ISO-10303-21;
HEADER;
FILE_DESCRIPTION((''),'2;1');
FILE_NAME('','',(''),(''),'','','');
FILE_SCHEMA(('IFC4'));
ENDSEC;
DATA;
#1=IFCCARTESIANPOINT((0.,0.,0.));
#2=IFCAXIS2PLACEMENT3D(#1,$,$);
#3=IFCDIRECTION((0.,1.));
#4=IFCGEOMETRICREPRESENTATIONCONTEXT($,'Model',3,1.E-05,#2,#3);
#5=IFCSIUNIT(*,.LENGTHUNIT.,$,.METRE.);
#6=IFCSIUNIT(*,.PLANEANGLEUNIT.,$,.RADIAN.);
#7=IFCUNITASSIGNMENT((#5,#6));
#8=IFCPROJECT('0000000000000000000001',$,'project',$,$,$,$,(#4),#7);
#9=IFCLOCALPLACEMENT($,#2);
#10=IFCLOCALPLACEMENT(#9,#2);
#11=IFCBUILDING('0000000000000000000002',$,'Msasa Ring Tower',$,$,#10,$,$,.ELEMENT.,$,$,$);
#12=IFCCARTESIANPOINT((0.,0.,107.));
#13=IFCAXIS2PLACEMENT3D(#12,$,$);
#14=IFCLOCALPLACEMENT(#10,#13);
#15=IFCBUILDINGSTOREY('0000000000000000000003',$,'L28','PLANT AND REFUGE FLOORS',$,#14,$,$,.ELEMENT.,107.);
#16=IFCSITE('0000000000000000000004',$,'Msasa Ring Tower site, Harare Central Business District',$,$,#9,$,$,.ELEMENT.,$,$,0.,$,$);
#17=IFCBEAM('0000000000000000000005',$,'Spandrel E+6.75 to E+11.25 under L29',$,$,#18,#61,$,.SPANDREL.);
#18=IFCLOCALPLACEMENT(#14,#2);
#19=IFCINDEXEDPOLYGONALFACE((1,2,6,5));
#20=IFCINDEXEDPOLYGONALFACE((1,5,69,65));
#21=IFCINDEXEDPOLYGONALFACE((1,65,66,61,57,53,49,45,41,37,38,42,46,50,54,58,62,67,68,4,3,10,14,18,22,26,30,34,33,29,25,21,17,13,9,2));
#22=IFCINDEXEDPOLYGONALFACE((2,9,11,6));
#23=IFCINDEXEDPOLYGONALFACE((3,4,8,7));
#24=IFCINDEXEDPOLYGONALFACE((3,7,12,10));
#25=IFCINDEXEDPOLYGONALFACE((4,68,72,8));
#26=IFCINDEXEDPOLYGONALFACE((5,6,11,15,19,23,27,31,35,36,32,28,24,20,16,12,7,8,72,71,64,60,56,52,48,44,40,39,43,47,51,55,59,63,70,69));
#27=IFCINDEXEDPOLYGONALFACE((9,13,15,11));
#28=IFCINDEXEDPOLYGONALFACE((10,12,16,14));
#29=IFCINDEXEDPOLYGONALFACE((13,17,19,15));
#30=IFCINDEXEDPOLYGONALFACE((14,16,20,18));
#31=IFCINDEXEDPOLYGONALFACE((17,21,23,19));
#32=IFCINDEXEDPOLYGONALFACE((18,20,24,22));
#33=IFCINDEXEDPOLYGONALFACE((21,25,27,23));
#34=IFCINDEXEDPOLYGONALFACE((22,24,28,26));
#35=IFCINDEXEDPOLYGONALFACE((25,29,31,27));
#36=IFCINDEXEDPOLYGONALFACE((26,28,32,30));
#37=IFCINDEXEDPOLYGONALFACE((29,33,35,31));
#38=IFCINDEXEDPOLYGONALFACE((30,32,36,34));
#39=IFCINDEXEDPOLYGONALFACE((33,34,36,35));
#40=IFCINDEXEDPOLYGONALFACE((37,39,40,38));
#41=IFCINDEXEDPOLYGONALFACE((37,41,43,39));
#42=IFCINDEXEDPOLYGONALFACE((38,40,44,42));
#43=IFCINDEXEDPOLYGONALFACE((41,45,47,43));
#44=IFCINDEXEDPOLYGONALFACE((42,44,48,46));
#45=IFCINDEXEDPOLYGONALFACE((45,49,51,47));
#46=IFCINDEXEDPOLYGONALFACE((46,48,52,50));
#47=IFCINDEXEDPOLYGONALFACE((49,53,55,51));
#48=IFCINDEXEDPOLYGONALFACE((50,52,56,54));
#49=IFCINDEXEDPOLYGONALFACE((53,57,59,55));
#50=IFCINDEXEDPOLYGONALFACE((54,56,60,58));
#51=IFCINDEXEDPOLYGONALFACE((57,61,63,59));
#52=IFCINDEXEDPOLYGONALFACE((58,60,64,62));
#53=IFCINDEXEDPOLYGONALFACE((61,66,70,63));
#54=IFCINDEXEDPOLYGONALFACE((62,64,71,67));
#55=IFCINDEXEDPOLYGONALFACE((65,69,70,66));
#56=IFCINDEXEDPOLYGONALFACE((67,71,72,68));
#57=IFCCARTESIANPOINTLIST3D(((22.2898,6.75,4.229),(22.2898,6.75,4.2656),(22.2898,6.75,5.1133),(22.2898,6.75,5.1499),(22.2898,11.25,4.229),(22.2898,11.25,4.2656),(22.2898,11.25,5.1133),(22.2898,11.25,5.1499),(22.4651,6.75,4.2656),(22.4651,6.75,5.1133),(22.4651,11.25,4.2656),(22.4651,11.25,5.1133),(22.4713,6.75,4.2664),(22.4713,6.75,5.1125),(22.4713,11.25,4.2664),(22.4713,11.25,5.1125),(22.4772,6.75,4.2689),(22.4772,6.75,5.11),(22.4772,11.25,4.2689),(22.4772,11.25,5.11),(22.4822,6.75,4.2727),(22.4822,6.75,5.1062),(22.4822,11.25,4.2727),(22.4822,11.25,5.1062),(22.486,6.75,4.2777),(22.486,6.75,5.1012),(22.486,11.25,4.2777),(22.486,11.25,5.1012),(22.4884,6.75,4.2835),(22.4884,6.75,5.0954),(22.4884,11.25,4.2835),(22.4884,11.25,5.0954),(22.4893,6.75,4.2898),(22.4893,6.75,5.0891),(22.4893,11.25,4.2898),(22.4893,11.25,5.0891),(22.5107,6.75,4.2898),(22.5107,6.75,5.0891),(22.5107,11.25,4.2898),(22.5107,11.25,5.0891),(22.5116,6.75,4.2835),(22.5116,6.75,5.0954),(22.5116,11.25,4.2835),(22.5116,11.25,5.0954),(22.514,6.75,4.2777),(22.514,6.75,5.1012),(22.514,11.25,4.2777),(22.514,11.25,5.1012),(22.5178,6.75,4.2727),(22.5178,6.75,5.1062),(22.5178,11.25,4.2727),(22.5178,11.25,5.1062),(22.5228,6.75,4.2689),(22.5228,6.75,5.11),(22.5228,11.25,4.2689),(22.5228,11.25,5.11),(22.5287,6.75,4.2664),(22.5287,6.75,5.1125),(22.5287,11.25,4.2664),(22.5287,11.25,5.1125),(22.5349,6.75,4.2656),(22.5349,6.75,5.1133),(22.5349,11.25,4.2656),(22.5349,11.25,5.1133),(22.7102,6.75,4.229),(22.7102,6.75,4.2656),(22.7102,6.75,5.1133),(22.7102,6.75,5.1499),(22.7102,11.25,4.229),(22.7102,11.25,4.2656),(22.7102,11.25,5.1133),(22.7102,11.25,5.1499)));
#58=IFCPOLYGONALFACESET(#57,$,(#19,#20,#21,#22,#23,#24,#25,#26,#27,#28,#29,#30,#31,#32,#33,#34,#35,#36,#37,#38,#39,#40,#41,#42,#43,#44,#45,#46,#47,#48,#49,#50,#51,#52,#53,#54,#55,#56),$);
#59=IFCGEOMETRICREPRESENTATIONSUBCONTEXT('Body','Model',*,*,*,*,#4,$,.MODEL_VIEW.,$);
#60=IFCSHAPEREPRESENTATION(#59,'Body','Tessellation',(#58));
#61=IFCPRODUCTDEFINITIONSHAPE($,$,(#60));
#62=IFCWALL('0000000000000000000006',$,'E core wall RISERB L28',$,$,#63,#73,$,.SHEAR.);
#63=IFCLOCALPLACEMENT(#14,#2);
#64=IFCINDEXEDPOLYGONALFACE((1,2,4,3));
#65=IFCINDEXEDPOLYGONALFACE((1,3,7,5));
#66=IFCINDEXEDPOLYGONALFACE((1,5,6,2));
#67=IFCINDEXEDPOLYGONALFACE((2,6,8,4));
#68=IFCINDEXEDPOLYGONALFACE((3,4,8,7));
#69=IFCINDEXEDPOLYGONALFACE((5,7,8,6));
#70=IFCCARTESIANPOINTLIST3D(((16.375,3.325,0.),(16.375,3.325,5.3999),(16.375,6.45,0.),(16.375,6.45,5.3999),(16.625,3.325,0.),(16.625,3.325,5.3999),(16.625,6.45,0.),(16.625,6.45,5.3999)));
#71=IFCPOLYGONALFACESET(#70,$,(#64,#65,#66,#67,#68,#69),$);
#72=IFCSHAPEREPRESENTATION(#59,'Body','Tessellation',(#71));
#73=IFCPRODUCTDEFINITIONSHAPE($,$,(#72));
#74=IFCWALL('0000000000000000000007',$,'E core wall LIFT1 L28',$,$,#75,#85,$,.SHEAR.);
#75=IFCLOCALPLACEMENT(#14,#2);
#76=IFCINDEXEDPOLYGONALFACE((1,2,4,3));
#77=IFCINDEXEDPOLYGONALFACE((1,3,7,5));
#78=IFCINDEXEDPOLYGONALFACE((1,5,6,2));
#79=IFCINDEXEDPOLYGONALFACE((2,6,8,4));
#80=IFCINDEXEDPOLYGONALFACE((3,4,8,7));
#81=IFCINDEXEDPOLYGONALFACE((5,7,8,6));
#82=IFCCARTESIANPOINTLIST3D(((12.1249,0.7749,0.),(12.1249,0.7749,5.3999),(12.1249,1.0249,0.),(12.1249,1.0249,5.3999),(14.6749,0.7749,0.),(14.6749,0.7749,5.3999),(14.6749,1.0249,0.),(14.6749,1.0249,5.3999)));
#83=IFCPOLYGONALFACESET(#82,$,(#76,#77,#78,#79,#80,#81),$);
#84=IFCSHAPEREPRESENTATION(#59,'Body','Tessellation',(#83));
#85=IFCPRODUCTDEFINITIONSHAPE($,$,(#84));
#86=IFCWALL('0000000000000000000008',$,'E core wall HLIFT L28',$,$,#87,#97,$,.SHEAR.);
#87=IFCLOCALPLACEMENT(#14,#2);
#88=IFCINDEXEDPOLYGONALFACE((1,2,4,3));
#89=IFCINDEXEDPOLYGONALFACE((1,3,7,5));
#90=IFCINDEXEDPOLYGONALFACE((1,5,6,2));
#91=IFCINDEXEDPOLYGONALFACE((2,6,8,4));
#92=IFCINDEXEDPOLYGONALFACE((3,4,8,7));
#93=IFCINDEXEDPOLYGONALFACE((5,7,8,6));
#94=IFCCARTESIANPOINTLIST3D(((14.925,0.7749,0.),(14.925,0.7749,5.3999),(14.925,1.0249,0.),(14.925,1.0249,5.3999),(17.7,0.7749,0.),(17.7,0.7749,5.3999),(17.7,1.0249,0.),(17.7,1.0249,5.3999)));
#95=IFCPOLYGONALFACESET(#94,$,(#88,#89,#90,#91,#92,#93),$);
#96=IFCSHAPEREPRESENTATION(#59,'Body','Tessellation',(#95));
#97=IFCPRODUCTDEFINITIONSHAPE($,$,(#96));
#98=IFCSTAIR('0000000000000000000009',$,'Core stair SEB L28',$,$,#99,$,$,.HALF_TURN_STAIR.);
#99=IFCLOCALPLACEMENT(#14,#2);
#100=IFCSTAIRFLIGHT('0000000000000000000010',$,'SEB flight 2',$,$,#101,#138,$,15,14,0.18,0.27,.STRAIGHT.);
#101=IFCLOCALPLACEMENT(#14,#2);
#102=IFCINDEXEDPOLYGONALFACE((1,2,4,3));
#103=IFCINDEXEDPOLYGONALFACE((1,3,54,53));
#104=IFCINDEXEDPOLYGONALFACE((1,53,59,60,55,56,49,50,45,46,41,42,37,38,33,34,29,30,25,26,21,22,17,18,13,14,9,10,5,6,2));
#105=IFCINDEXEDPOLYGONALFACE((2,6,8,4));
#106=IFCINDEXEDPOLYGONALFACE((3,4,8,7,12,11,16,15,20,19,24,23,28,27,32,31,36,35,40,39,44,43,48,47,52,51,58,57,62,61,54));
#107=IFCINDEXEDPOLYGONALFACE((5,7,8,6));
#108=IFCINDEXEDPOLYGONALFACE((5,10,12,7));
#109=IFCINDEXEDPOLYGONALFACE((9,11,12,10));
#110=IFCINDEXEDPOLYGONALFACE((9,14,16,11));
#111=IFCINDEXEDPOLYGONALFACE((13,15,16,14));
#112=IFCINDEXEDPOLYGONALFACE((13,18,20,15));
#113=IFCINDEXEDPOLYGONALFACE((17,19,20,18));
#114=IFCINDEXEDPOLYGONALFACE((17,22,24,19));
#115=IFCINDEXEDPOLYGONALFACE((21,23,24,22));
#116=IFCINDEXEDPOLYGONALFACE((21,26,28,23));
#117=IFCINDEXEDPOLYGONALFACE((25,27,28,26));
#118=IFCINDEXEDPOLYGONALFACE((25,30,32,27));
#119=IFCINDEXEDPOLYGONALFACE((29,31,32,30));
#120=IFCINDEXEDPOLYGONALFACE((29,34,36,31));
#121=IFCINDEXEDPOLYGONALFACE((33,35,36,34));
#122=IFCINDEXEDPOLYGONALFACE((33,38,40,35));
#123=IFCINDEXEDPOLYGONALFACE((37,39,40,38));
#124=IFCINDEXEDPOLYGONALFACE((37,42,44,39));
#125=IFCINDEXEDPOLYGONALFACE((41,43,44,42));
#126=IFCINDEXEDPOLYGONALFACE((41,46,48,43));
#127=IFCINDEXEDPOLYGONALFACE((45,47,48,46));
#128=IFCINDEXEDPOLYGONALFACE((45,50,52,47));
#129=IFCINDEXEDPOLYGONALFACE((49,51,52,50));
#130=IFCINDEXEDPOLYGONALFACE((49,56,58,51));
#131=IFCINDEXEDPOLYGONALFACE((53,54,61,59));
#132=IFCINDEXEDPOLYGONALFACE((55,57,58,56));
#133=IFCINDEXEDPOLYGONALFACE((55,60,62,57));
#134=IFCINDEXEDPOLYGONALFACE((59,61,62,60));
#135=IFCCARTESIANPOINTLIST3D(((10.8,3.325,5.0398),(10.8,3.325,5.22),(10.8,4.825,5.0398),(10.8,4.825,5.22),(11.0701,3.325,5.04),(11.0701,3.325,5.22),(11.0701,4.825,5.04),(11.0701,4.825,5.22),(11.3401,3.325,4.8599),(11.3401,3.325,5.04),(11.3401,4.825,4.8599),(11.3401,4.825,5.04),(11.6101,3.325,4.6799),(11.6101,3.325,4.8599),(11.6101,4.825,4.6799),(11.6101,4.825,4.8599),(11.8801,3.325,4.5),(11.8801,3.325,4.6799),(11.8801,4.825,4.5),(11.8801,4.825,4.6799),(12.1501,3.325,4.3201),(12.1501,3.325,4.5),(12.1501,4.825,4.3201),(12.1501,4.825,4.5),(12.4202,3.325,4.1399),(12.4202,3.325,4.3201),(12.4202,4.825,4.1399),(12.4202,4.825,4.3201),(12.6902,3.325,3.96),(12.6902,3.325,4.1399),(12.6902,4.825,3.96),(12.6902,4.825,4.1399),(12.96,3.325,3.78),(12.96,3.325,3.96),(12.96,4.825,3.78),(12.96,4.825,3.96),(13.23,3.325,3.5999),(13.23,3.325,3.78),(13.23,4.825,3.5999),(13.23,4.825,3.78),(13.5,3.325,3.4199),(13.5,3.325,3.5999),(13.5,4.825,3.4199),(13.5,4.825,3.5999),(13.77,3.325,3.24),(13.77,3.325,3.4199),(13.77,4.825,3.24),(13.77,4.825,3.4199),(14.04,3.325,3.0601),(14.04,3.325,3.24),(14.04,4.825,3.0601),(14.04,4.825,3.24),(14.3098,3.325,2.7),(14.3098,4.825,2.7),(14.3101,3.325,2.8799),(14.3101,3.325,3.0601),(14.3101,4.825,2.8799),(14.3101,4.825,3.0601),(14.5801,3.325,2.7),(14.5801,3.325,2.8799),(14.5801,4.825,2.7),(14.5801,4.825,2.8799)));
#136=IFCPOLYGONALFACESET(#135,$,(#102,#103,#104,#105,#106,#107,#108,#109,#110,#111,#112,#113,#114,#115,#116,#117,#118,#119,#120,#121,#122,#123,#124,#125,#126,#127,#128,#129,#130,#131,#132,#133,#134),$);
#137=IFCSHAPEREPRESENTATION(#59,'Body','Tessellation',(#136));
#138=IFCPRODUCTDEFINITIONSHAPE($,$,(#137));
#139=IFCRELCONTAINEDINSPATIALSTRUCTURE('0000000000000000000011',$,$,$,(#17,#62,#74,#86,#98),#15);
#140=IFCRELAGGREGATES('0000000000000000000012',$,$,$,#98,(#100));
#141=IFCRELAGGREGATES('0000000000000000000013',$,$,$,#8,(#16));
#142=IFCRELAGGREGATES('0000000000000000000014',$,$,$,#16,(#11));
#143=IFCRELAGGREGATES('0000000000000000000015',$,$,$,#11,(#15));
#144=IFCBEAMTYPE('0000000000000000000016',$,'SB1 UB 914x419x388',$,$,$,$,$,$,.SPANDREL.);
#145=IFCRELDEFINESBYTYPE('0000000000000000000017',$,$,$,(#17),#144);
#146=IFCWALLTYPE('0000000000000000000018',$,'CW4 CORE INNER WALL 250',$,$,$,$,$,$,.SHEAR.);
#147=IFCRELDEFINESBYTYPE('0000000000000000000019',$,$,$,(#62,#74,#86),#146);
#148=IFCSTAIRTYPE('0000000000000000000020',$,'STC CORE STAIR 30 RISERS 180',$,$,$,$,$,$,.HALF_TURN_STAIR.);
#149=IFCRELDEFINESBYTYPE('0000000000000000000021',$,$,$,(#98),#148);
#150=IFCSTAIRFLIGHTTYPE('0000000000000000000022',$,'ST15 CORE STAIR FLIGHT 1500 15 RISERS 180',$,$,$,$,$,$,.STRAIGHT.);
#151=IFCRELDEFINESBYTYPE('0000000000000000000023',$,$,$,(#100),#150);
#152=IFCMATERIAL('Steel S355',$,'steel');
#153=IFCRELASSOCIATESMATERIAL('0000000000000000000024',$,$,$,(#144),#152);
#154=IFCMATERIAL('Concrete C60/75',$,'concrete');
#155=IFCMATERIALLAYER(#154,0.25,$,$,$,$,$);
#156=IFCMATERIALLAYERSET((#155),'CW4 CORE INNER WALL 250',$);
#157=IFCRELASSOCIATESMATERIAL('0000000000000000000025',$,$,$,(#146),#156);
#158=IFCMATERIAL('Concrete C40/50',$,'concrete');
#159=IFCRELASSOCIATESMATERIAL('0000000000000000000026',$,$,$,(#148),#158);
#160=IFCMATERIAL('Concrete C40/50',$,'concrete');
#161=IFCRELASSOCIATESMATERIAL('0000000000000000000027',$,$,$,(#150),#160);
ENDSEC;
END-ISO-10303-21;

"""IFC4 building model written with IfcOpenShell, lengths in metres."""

from ifc_helpers import new_model, si_unit, direction, frame, frame_2d, origin, origin_2d, place, context, subcontext, project, spatial, polyline, rectangle, i_section, outline, extrude, material, layer, layer_set, material_profile, profile_set, type_object, element, aggregate, save


model = new_model("IFC4")

# Units and contexts
model_context = context("Model", 3, precision=1e-05, world=origin(), true_north=direction((0.0, 1.0)))
body_context = subcontext(model_context, "Body", "Model", "MODEL_VIEW")
ifc_project = project(units=[si_unit("LENGTHUNIT", "METRE"), si_unit("PLANEANGLEUNIT", "RADIAN")], contexts=[model_context])

# Site, building, storey
site_placement = place(None, origin())
site = spatial("IfcSite", under=ifc_project, at=site_placement, Name="Msasa Ring Tower site, Harare Central Business District", CompositionType="ELEMENT", RefElevation=0.0)
building_placement = place(site_placement, origin())
building = spatial("IfcBuilding", under=site, at=building_placement, Name="Msasa Ring Tower", CompositionType="ELEMENT")
storey_placement = place(building_placement, frame((0.0, 0.0, 107.0)))
storey = spatial("IfcBuildingStorey", under=building, at=storey_placement, Name="L28", Description="PLANT AND REFUGE FLOORS", CompositionType="ELEMENT", Elevation=107.0)

# Beam
ifc_material_1 = material(Name="Steel S355", Category="steel")
ifc_material_profile_1 = material_profile(ifc_material_1, i_section(OverallWidth=0.4204, OverallDepth=0.9209, WebThickness=0.0215, FlangeThickness=0.0366, FilletRadius=0.0242, at=origin_2d()), Name="UB 914x419x388")
ifc_profile_set_1 = profile_set([ifc_material_profile_1], Name="Steel S355")
beam_type_1 = type_object("IfcBeamType", Name="SB1 UB 914x419x388", PredefinedType="SPANDREL", material=ifc_profile_set_1)
for number, where, z_axis, x_axis, name in (
    (1, (22.5, 6.75, 4.6895), (0.0, 1.0, 0.0), (-1.0, 0.0, 0.0), "Spandrel E+6.75 to E+11.25 under L29"),
):
    element("IfcBeam", number, at=place(storey_placement, frame(where, z_axis=z_axis, x_axis=x_axis)), inside=storey, type_object=beam_type_1, Name=name, PredefinedType="SPANDREL", context=body_context, shape_type="SweptSolid", body=[
        extrude(i_section(OverallWidth=0.4204, OverallDepth=0.9209, WebThickness=0.0215, FlangeThickness=0.0366, FilletRadius=0.0242, at=origin_2d()), origin(), (0.0, 0.0, 1.0), 4.5),
    ])

# Walls
ifc_material_2 = material(Name="Concrete C60/75", Category="concrete")
ifc_layer = layer(ifc_material_2, 0.25)
ifc_layer_set = layer_set([ifc_layer], Name="CW4 CORE INNER WALL 250")
wall_type = type_object("IfcWallType", Name="CW4 CORE INNER WALL 250", PredefinedType="SHEAR", material=ifc_layer_set)
wall_1_placement = place(storey_placement, frame((16.5, 3.325, 0.0), z_axis=(0.0, 0.0, 1.0), x_axis=(0.0, 1.0, 0.0)))
element("IfcWall", 2, at=wall_1_placement, inside=storey, type_object=wall_type, Name="E core wall RISERB L28", PredefinedType="SHEAR", context=body_context, shape_type="SweptSolid", body=[
    extrude(rectangle(XDim=3.125, YDim=0.25, at=frame_2d((1.5625, 0.0))), origin(), (0.0, 0.0, 1.0), 5.3999),
])
wall_2_placement = place(storey_placement, frame((12.125, 0.8999, 0.0), z_axis=(0.0, 0.0, 1.0), x_axis=(1.0, 0.0, 0.0)))
element("IfcWall", 3, at=wall_2_placement, inside=storey, type_object=wall_type, Name="E core wall LIFT1 L28", PredefinedType="SHEAR", context=body_context, shape_type="SweptSolid", body=[
    extrude(rectangle(XDim=2.55, YDim=0.25, at=frame_2d((1.2749, 0.0))), origin(), (0.0, 0.0, 1.0), 5.3999),
])
wall_3_placement = place(storey_placement, frame((14.925, 0.8999, 0.0), z_axis=(0.0, 0.0, 1.0), x_axis=(1.0, 0.0, 0.0)))
element("IfcWall", 4, at=wall_3_placement, inside=storey, type_object=wall_type, Name="E core wall HLIFT L28", PredefinedType="SHEAR", context=body_context, shape_type="SweptSolid", body=[
    extrude(rectangle(XDim=2.7749, YDim=0.25, at=frame_2d((1.3875, 0.0))), origin(), (0.0, 0.0, 1.0), 5.3999),
])

# Stair, stair flight
ifc_material_3 = material(Name="Concrete C40/50", Category="concrete")
stair_type = type_object("IfcStairType", Name="STC CORE STAIR 30 RISERS 180", PredefinedType="HALF_TURN_STAIR", material=ifc_material_3)
stair_placement = place(storey_placement, origin())
stair = element("IfcStair", 5, at=stair_placement, inside=storey, type_object=stair_type, Name="Core stair SEB L28", PredefinedType="HALF_TURN_STAIR")
ifc_material_4 = material(Name="Concrete C40/50", Category="concrete")
stair_flight_type = type_object("IfcStairFlightType", Name="ST15 CORE STAIR FLIGHT 1500 15 RISERS 180", PredefinedType="STRAIGHT", material=ifc_material_4)
stair_flight_placement = place(storey_placement, frame((14.5801, 4.075, 2.7), z_axis=(0.0, 0.0, 1.0), x_axis=(-1.0, 0.0, 0.0)))
stair_flight = element("IfcStairFlight", 6, at=stair_flight_placement, type_object=stair_flight_type, Name="SEB flight 2", NumberOfRisers=15, NumberOfTreads=14, PredefinedType="STRAIGHT", RiserHeight=0.18, TreadLength=0.27, context=body_context, shape_type="SweptSolid", body=[
    extrude(outline(polyline([(0.0, 0.0), (0.0, 0.1799), (0.27, 0.1799), (0.27, 0.3601), (0.54, 0.3601), (0.54, 0.54), (0.8101, 0.54), (0.8101, 0.72), (1.0801, 0.72), (1.0801, 0.8999), (1.3501, 0.8999), (1.3501, 1.0801), (1.6201, 1.0801), (1.6201, 1.26), (1.8899, 1.26), (1.8899, 1.4399), (2.1599, 1.4399), (2.1599, 1.6201), (2.4299, 1.6201), (2.4299, 1.8), (2.7, 1.8), (2.7, 1.98), (2.97, 1.98), (2.97, 2.1599), (3.24, 2.1599), (3.24, 2.3401), (3.51, 2.3401), (3.51, 2.52), (3.78, 2.52), (3.78, 2.7), (3.78, 2.3398), (0.2703, 0.0), (0.0, 0.0)])), frame((0.0, 0.75, 0.0), z_axis=(0.0, -1.0, 0.0), x_axis=(1.0, 0.0, 0.0)), (0.0, 0.0, 1.0), 1.5),
])
aggregate(stair, [stair_flight])

save(model, "model.ifc")
